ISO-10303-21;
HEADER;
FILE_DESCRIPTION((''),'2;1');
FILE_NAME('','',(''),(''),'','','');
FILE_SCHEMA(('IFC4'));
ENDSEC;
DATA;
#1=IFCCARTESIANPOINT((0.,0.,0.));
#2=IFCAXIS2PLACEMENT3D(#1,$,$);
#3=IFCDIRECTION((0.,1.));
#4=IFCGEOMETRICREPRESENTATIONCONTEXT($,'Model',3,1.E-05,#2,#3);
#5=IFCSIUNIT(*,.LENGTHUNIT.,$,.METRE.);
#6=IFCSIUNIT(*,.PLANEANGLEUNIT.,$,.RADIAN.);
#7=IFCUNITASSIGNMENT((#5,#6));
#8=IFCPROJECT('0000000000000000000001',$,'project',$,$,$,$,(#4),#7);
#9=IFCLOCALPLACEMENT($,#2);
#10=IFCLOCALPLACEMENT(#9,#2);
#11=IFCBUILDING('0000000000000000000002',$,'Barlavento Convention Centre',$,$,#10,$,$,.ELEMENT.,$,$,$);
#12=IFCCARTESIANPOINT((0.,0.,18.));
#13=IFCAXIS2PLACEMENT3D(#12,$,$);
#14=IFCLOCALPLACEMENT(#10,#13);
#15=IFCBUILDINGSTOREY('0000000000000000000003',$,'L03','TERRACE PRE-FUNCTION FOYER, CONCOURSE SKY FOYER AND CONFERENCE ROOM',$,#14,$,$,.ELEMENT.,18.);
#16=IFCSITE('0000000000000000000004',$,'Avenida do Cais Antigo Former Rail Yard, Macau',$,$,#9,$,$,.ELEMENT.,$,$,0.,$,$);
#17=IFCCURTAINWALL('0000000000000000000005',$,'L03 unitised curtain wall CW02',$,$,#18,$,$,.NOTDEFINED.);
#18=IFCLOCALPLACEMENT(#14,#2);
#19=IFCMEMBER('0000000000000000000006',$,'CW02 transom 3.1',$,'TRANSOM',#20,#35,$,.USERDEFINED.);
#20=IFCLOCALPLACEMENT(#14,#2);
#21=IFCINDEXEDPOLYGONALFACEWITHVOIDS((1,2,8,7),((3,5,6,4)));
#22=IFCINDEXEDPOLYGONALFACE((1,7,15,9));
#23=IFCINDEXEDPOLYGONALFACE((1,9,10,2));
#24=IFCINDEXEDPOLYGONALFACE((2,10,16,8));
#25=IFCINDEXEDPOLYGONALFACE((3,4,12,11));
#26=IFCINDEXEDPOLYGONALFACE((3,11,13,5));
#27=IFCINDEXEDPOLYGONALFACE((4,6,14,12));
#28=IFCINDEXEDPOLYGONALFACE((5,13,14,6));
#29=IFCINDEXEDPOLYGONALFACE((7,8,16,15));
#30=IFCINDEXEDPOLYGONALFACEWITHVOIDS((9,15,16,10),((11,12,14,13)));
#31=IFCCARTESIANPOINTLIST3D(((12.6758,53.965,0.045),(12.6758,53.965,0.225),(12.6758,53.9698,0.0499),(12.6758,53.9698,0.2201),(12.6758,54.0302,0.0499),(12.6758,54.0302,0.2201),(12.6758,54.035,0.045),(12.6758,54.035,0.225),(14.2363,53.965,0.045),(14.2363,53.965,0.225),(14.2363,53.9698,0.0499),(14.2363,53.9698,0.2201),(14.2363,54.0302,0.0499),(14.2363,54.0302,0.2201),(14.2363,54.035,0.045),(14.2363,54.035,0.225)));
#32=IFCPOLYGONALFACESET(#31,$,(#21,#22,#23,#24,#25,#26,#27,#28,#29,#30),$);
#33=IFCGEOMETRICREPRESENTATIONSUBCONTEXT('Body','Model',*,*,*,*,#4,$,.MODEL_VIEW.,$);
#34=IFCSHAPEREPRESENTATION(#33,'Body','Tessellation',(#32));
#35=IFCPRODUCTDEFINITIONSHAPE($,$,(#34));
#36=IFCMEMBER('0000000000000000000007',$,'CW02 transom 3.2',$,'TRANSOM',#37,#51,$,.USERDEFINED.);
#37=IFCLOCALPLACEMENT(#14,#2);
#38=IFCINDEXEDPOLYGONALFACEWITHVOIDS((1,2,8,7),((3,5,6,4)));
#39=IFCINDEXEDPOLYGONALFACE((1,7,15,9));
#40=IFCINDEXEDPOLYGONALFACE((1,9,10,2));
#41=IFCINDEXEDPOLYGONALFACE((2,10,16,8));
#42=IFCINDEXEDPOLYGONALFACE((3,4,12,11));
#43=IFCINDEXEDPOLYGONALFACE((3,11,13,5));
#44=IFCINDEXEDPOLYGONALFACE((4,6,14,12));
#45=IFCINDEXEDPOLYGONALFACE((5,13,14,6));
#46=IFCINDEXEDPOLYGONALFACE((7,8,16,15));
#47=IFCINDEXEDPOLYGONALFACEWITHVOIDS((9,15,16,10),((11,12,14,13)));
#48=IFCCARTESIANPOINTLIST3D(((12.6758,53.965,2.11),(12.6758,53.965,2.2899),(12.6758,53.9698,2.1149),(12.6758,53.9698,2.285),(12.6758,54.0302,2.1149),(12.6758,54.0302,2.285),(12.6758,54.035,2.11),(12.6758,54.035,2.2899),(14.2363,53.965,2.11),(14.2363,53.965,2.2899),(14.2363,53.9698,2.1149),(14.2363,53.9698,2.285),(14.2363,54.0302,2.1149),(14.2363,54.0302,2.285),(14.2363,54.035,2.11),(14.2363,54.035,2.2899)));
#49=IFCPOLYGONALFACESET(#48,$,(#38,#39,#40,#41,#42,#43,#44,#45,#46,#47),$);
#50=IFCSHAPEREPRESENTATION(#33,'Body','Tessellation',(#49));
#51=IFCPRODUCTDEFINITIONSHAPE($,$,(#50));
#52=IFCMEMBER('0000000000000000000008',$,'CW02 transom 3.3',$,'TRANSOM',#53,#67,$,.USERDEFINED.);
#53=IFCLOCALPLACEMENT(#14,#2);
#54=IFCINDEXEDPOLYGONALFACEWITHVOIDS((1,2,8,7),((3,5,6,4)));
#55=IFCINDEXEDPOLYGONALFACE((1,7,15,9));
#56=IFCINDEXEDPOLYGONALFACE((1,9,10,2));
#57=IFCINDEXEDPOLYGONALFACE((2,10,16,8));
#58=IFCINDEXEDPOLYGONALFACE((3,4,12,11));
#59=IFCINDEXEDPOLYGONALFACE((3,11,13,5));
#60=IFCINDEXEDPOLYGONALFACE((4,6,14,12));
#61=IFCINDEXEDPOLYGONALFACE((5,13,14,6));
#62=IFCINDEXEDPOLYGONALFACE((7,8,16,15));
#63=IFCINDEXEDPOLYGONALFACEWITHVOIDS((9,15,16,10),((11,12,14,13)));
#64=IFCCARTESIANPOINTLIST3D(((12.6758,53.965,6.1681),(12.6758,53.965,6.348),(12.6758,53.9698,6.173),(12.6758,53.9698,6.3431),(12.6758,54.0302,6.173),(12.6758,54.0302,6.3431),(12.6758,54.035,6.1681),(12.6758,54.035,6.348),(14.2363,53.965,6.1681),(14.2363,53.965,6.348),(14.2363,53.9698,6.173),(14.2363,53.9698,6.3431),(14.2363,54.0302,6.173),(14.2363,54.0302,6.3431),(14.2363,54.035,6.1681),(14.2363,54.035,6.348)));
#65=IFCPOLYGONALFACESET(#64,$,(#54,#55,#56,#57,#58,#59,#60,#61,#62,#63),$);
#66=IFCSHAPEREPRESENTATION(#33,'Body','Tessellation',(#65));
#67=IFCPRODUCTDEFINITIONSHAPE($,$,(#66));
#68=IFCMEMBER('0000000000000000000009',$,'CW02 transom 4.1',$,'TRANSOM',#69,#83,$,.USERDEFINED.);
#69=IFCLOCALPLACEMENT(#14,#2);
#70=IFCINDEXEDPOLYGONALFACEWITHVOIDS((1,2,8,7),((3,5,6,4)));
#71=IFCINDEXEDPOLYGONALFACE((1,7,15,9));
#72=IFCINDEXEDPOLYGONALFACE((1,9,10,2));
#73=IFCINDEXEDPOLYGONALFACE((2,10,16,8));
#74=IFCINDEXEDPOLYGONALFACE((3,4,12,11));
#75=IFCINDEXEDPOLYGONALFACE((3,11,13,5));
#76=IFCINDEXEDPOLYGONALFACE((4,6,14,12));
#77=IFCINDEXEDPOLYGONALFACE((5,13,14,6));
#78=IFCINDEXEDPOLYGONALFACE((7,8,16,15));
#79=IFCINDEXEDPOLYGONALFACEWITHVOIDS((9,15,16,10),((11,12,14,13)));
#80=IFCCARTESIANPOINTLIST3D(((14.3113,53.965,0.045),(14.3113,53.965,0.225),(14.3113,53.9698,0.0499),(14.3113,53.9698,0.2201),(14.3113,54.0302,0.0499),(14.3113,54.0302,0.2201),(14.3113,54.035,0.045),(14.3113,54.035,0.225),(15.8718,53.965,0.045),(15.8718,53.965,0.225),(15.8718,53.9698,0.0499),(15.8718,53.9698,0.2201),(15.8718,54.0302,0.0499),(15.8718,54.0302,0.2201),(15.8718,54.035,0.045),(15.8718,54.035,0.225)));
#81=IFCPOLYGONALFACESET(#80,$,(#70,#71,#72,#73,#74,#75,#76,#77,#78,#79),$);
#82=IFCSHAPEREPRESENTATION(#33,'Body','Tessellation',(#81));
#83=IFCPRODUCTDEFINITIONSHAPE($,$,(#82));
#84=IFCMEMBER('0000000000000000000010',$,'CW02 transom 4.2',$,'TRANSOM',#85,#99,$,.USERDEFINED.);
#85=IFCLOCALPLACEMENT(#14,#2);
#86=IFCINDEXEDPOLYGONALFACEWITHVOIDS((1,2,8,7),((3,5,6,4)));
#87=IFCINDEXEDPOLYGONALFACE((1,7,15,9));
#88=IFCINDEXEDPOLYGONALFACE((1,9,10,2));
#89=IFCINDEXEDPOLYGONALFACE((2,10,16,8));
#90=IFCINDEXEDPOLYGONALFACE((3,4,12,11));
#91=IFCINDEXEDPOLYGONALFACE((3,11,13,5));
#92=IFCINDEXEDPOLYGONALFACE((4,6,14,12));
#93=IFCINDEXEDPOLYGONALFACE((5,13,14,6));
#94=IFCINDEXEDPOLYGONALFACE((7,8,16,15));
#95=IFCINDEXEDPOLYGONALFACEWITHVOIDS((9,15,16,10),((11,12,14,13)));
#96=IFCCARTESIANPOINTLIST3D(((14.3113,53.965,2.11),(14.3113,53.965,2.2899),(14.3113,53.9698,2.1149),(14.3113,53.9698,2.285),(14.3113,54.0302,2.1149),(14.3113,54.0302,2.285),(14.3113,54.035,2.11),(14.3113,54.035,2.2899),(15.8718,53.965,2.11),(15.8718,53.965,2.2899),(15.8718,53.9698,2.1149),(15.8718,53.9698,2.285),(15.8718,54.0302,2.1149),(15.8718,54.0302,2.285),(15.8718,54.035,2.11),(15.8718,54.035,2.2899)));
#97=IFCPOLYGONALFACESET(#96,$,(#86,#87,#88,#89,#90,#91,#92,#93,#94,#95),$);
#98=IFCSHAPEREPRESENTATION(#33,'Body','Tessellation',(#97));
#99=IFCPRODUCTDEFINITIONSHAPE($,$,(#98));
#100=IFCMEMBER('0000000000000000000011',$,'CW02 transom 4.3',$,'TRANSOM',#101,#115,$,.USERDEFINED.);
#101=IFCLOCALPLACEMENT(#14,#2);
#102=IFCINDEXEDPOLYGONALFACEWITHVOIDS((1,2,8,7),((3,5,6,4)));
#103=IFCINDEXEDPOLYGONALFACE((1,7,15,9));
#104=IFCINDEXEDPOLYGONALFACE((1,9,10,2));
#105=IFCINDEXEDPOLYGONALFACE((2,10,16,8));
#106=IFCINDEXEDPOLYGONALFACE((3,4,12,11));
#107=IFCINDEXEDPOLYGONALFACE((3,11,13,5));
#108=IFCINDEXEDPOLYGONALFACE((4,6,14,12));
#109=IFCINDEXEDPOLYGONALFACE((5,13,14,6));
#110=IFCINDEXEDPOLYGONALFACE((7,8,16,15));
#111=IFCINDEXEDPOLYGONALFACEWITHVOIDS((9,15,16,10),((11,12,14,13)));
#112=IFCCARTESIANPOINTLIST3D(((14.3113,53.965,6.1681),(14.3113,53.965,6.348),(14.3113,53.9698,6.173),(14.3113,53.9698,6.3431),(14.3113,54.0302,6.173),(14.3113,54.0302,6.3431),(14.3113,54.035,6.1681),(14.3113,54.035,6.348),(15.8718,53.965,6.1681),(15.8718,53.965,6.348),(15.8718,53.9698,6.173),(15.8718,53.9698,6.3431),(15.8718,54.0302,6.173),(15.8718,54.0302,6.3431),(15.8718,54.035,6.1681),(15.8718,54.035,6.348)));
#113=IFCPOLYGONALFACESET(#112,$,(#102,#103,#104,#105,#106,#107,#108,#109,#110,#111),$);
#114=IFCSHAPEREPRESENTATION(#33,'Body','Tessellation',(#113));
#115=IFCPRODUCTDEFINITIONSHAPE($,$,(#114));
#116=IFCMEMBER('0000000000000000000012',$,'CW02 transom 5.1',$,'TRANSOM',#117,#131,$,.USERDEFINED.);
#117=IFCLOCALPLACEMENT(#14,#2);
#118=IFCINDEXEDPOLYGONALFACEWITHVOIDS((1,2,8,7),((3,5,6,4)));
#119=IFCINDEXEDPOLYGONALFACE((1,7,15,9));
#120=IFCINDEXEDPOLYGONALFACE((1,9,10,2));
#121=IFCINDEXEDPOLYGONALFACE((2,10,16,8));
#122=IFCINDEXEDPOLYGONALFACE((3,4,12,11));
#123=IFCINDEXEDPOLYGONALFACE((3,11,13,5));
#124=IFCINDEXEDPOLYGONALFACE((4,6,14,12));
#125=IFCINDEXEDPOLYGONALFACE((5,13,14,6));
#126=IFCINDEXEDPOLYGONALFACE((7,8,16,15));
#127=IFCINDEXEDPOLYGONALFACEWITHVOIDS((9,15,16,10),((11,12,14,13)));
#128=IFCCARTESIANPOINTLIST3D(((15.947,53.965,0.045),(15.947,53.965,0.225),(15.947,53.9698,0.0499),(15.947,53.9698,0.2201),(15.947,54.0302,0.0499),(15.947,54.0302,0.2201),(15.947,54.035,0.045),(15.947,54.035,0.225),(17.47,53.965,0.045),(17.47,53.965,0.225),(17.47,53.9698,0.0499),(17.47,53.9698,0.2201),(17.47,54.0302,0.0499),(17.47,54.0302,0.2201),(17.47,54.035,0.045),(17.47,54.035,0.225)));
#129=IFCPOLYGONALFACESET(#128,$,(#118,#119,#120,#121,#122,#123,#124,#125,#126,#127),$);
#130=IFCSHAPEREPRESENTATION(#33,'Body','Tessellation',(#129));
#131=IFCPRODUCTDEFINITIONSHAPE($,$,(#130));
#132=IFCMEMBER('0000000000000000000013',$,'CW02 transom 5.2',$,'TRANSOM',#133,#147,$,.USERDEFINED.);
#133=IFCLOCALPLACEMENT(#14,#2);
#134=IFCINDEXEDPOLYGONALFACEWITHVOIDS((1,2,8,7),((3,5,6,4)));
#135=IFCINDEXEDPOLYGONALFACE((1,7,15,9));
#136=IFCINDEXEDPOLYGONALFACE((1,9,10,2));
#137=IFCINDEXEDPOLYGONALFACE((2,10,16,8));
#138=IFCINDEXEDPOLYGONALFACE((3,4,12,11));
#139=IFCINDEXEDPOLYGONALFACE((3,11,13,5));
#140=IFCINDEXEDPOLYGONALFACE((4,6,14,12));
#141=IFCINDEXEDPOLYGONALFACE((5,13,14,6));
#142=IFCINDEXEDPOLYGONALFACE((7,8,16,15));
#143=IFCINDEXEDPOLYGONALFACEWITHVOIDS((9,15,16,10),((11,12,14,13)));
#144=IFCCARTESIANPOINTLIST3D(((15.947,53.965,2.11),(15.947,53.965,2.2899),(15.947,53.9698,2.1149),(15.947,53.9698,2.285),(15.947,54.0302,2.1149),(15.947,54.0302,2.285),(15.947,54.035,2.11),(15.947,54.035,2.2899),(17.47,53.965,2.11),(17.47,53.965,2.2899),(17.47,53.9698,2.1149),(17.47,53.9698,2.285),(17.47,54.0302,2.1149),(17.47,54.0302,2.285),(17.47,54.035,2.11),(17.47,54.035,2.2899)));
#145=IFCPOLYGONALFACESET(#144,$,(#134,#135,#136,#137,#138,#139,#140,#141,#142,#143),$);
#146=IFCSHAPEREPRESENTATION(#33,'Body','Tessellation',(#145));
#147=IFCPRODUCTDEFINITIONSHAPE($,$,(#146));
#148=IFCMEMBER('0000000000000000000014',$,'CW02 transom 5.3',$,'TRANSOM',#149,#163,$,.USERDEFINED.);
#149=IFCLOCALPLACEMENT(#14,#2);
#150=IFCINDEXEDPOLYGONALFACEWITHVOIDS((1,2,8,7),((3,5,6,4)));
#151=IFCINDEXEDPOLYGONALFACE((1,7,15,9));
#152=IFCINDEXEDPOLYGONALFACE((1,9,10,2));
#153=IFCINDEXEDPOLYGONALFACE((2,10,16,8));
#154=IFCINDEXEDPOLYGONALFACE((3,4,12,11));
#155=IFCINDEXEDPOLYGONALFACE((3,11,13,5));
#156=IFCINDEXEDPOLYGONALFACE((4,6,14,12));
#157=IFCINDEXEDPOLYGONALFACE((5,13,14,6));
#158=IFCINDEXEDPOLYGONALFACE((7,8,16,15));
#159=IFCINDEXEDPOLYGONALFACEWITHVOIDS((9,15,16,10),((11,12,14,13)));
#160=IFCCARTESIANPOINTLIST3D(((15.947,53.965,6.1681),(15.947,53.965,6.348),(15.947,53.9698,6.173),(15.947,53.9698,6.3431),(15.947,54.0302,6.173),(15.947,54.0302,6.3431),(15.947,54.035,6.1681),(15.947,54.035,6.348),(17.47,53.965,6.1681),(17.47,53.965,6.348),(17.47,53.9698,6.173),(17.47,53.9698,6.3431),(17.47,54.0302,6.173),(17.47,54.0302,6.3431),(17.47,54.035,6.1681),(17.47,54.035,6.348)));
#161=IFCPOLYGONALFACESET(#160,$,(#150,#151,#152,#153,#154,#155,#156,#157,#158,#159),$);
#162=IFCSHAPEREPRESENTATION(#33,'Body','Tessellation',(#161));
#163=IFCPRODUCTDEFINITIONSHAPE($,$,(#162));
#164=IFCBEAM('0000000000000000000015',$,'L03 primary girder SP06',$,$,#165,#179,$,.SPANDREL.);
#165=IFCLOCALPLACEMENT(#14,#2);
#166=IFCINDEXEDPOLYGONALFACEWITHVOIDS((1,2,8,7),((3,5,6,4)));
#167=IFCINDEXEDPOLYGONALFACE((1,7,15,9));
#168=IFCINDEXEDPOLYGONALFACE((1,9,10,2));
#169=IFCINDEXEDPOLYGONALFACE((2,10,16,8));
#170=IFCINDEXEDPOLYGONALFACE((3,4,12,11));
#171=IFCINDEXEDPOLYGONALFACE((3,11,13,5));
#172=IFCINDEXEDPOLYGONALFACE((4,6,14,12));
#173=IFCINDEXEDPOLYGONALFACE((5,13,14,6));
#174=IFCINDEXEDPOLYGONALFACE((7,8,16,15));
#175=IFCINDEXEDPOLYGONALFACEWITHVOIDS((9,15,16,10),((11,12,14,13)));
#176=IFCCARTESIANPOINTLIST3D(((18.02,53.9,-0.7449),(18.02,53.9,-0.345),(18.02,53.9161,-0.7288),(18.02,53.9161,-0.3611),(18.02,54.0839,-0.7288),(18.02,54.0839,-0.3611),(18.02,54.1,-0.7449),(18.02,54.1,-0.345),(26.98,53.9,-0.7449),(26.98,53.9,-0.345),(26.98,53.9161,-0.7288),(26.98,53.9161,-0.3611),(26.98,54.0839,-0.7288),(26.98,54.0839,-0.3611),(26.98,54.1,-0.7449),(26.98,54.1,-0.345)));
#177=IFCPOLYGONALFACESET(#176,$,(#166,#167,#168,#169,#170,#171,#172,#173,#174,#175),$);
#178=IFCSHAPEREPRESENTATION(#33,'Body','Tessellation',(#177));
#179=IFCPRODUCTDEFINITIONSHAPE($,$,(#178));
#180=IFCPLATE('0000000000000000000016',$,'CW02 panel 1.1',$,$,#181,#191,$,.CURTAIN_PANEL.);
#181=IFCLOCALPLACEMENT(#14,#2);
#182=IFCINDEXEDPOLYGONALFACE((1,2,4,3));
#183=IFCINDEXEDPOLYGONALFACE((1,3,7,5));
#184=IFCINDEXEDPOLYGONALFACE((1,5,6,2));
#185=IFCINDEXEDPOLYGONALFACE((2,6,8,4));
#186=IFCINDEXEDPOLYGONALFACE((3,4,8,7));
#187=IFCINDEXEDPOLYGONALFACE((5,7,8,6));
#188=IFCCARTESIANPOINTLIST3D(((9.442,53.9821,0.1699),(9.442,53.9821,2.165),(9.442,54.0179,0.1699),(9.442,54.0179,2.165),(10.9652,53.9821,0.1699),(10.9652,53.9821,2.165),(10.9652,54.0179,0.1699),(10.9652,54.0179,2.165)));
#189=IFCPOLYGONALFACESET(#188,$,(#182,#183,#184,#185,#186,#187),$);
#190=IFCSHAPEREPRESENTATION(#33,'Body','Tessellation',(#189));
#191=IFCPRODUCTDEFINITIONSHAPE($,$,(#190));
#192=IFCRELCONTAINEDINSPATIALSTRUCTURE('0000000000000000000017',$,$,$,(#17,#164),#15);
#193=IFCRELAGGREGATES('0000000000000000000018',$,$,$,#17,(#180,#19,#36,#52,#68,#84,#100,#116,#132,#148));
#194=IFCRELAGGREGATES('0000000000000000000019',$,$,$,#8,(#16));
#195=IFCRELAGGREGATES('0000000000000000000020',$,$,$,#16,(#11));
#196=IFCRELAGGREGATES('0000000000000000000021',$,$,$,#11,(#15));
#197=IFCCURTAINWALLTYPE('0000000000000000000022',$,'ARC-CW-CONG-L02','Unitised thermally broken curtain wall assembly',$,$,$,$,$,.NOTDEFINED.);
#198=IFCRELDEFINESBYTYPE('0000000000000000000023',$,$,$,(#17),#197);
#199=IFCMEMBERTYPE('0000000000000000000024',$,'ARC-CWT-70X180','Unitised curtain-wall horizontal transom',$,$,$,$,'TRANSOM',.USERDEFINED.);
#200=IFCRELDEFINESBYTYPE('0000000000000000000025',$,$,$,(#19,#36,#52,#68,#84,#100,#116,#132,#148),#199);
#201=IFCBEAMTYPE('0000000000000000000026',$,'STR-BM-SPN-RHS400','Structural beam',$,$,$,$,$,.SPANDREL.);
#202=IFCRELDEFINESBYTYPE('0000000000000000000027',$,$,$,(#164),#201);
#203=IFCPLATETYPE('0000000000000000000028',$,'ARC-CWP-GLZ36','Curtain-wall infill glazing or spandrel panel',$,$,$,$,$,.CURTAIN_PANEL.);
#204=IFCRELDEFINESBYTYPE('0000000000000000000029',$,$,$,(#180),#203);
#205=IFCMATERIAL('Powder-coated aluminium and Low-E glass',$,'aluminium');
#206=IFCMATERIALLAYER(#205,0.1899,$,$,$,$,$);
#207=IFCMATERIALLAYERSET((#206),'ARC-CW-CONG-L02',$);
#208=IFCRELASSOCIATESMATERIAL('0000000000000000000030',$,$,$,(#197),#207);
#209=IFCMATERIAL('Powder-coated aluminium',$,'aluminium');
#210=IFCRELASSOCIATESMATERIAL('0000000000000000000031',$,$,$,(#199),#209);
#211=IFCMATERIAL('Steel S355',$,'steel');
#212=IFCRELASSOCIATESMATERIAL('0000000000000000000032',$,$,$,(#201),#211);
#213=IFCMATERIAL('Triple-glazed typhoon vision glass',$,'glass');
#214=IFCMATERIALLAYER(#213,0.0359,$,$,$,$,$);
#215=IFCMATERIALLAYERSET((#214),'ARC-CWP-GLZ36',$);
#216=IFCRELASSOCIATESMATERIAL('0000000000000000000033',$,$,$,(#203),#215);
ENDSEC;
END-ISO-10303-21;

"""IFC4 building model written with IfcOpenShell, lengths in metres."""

from ifc_helpers import new_model, si_unit, direction, frame, origin, origin_2d, place, context, subcontext, project, spatial, rectangle, hollow_rectangle, extrude, material, layer, layer_set, material_profile, profile_set, type_object, element, aggregate, save


model = new_model("IFC4")

# Units and contexts
model_context = context("Model", 3, precision=1e-05, world=origin(), true_north=direction((0.0, 1.0)))
body_context = subcontext(model_context, "Body", "Model", "MODEL_VIEW")
ifc_project = project(units=[si_unit("LENGTHUNIT", "METRE"), si_unit("PLANEANGLEUNIT", "RADIAN")], contexts=[model_context])

# Site, building, storey
site_placement = place(None, origin())
site = spatial("IfcSite", under=ifc_project, at=site_placement, Name="Avenida do Cais Antigo Former Rail Yard, Macau", CompositionType="ELEMENT", RefElevation=0.0)
building_placement = place(site_placement, origin())
building = spatial("IfcBuilding", under=site, at=building_placement, Name="Barlavento Convention Centre", CompositionType="ELEMENT")
storey_placement = place(building_placement, frame((0.0, 0.0, 18.0)))
storey = spatial("IfcBuildingStorey", under=building, at=storey_placement, Name="L03", Description="TERRACE PRE-FUNCTION FOYER, CONCOURSE SKY FOYER AND CONFERENCE ROOM", CompositionType="ELEMENT", Elevation=18.0)

# Curtain wall, members
ifc_material_1 = material(Name="Powder-coated aluminium and Low-E glass", Category="aluminium")
ifc_layer_1 = layer(ifc_material_1, 0.1899)
ifc_layer_set_1 = layer_set([ifc_layer_1], Name="ARC-CW-CONG-L02")
curtain_wall_type = type_object("IfcCurtainWallType", Name="ARC-CW-CONG-L02", Description="Unitised thermally broken curtain wall assembly", PredefinedType="NOTDEFINED", material=ifc_layer_set_1)
curtain_wall_placement = place(storey_placement, origin())
curtain_wall = element("IfcCurtainWall", 1, at=curtain_wall_placement, inside=storey, type_object=curtain_wall_type, Name="L03 unitised curtain wall CW02", PredefinedType="NOTDEFINED")
ifc_material_2 = material(Name="Powder-coated aluminium", Category="aluminium")
ifc_material_profile_1 = material_profile(ifc_material_2, hollow_rectangle(XDim=0.0701, YDim=0.1799, WallThickness=0.0049, at=origin_2d()), Name="AL-TRAN 70x180x5")
ifc_profile_set_1 = profile_set([ifc_material_profile_1], Name="Powder-coated aluminium")
member_type_1 = type_object("IfcMemberType", Name="ARC-CWT-70X180", Description="Unitised curtain-wall horizontal transom", ElementType="TRANSOM", PredefinedType="USERDEFINED", material=ifc_profile_set_1)
member_1_placement = place(storey_placement, frame((12.6758, 54.0, 0.135), z_axis=(1.0, 0.0, 0.0), x_axis=(0.0, 1.0, 0.0)))
member_1 = element("IfcMember", 2, at=member_1_placement, type_object=member_type_1, Name="CW02 transom 3.1", ObjectType="TRANSOM", PredefinedType="USERDEFINED", context=body_context, shape_type="SweptSolid", body=[
    extrude(hollow_rectangle(XDim=0.0701, YDim=0.1799, WallThickness=0.0049, at=origin_2d()), origin(), (0.0, 0.0, 1.0), 1.5605),
])
member_2_placement = place(storey_placement, frame((12.6758, 54.0, 2.2), z_axis=(1.0, 0.0, 0.0), x_axis=(0.0, 1.0, 0.0)))
member_2 = element("IfcMember", 3, at=member_2_placement, type_object=member_type_1, Name="CW02 transom 3.2", ObjectType="TRANSOM", PredefinedType="USERDEFINED", context=body_context, shape_type="SweptSolid", body=[
    extrude(hollow_rectangle(XDim=0.0701, YDim=0.1799, WallThickness=0.0049, at=origin_2d()), origin(), (0.0, 0.0, 1.0), 1.5605),
])
member_3_placement = place(storey_placement, frame((12.6758, 54.0, 6.2581), z_axis=(1.0, 0.0, 0.0), x_axis=(0.0, 1.0, 0.0)))
member_3 = element("IfcMember", 4, at=member_3_placement, type_object=member_type_1, Name="CW02 transom 3.3", ObjectType="TRANSOM", PredefinedType="USERDEFINED", context=body_context, shape_type="SweptSolid", body=[
    extrude(hollow_rectangle(XDim=0.0701, YDim=0.1799, WallThickness=0.0049, at=origin_2d()), origin(), (0.0, 0.0, 1.0), 1.5605),
])
member_4_placement = place(storey_placement, frame((14.3113, 54.0, 0.135), z_axis=(1.0, 0.0, 0.0), x_axis=(0.0, 1.0, 0.0)))
member_4 = element("IfcMember", 5, at=member_4_placement, type_object=member_type_1, Name="CW02 transom 4.1", ObjectType="TRANSOM", PredefinedType="USERDEFINED", context=body_context, shape_type="SweptSolid", body=[
    extrude(hollow_rectangle(XDim=0.0701, YDim=0.1799, WallThickness=0.0049, at=origin_2d()), origin(), (0.0, 0.0, 1.0), 1.5605),
])
member_5_placement = place(storey_placement, frame((14.3113, 54.0, 2.2), z_axis=(1.0, 0.0, 0.0), x_axis=(0.0, 1.0, 0.0)))
member_5 = element("IfcMember", 6, at=member_5_placement, type_object=member_type_1, Name="CW02 transom 4.2", ObjectType="TRANSOM", PredefinedType="USERDEFINED", context=body_context, shape_type="SweptSolid", body=[
    extrude(hollow_rectangle(XDim=0.0701, YDim=0.1799, WallThickness=0.0049, at=origin_2d()), origin(), (0.0, 0.0, 1.0), 1.5605),
])
member_6_placement = place(storey_placement, frame((14.3113, 54.0, 6.2581), z_axis=(1.0, 0.0, 0.0), x_axis=(0.0, 1.0, 0.0)))
member_6 = element("IfcMember", 7, at=member_6_placement, type_object=member_type_1, Name="CW02 transom 4.3", ObjectType="TRANSOM", PredefinedType="USERDEFINED", context=body_context, shape_type="SweptSolid", body=[
    extrude(hollow_rectangle(XDim=0.0701, YDim=0.1799, WallThickness=0.0049, at=origin_2d()), origin(), (0.0, 0.0, 1.0), 1.5605),
])
member_7_placement = place(storey_placement, frame((15.947, 54.0, 0.135), z_axis=(1.0, 0.0, 0.0), x_axis=(0.0, 1.0, 0.0)))
member_7 = element("IfcMember", 8, at=member_7_placement, type_object=member_type_1, Name="CW02 transom 5.1", ObjectType="TRANSOM", PredefinedType="USERDEFINED", context=body_context, shape_type="SweptSolid", body=[
    extrude(hollow_rectangle(XDim=0.0701, YDim=0.1799, WallThickness=0.0049, at=origin_2d()), origin(), (0.0, 0.0, 1.0), 1.5229),
])
member_8_placement = place(storey_placement, frame((15.947, 54.0, 2.2), z_axis=(1.0, 0.0, 0.0), x_axis=(0.0, 1.0, 0.0)))
member_8 = element("IfcMember", 9, at=member_8_placement, type_object=member_type_1, Name="CW02 transom 5.2", ObjectType="TRANSOM", PredefinedType="USERDEFINED", context=body_context, shape_type="SweptSolid", body=[
    extrude(hollow_rectangle(XDim=0.0701, YDim=0.1799, WallThickness=0.0049, at=origin_2d()), origin(), (0.0, 0.0, 1.0), 1.5229),
])
member_9_placement = place(storey_placement, frame((15.947, 54.0, 6.2581), z_axis=(1.0, 0.0, 0.0), x_axis=(0.0, 1.0, 0.0)))
member_9 = element("IfcMember", 10, at=member_9_placement, type_object=member_type_1, Name="CW02 transom 5.3", ObjectType="TRANSOM", PredefinedType="USERDEFINED", context=body_context, shape_type="SweptSolid", body=[
    extrude(hollow_rectangle(XDim=0.0701, YDim=0.1799, WallThickness=0.0049, at=origin_2d()), origin(), (0.0, 0.0, 1.0), 1.5229),
])

# Beam
ifc_material_3 = material(Name="Steel S355", Category="steel")
ifc_material_profile_2 = material_profile(ifc_material_3, hollow_rectangle(XDim=0.2, YDim=0.3999, WallThickness=0.0161, at=origin_2d()), Name="RHS 400x200x16.0")
ifc_profile_set_2 = profile_set([ifc_material_profile_2], Name="Steel S355")
beam_type = type_object("IfcBeamType", Name="STR-BM-SPN-RHS400", Description="Structural beam", PredefinedType="SPANDREL", material=ifc_profile_set_2)
beam_placement = place(storey_placement, frame((18.02, 54.0, -0.5449), z_axis=(1.0, 0.0, 0.0), x_axis=(0.0, 1.0, 0.0)))
element("IfcBeam", 11, at=beam_placement, inside=storey, type_object=beam_type, Name="L03 primary girder SP06", PredefinedType="SPANDREL", context=body_context, shape_type="SweptSolid", body=[
    extrude(hollow_rectangle(XDim=0.2, YDim=0.3999, WallThickness=0.0161, at=origin_2d()), origin(), (0.0, 0.0, 1.0), 8.96),
])

# Plate
ifc_material_4 = material(Name="Triple-glazed typhoon vision glass", Category="glass")
ifc_layer_2 = layer(ifc_material_4, 0.0359)
ifc_layer_set_2 = layer_set([ifc_layer_2], Name="ARC-CWP-GLZ36")
plate_type = type_object("IfcPlateType", Name="ARC-CWP-GLZ36", Description="Curtain-wall infill glazing or spandrel panel", PredefinedType="CURTAIN_PANEL", material=ifc_layer_set_2)
plate_1_placement = place(storey_placement, frame((10.2036, 54.0, 0.1699), z_axis=(0.0, 0.0, 1.0), x_axis=(1.0, 0.0, 0.0)))
plate_1 = element("IfcPlate", 12, at=plate_1_placement, type_object=plate_type, Name="CW02 panel 1.1", PredefinedType="CURTAIN_PANEL", context=body_context, shape_type="SweptSolid", body=[
    extrude(rectangle(XDim=1.5232, YDim=0.0359, at=origin_2d()), origin(), (0.0, 0.0, 1.0), 1.9951),
])
aggregate(curtain_wall, [plate_1, member_1, member_2, member_3, member_4, member_5, member_6, member_7, member_8, member_9])

save(model, "model.ifc")
